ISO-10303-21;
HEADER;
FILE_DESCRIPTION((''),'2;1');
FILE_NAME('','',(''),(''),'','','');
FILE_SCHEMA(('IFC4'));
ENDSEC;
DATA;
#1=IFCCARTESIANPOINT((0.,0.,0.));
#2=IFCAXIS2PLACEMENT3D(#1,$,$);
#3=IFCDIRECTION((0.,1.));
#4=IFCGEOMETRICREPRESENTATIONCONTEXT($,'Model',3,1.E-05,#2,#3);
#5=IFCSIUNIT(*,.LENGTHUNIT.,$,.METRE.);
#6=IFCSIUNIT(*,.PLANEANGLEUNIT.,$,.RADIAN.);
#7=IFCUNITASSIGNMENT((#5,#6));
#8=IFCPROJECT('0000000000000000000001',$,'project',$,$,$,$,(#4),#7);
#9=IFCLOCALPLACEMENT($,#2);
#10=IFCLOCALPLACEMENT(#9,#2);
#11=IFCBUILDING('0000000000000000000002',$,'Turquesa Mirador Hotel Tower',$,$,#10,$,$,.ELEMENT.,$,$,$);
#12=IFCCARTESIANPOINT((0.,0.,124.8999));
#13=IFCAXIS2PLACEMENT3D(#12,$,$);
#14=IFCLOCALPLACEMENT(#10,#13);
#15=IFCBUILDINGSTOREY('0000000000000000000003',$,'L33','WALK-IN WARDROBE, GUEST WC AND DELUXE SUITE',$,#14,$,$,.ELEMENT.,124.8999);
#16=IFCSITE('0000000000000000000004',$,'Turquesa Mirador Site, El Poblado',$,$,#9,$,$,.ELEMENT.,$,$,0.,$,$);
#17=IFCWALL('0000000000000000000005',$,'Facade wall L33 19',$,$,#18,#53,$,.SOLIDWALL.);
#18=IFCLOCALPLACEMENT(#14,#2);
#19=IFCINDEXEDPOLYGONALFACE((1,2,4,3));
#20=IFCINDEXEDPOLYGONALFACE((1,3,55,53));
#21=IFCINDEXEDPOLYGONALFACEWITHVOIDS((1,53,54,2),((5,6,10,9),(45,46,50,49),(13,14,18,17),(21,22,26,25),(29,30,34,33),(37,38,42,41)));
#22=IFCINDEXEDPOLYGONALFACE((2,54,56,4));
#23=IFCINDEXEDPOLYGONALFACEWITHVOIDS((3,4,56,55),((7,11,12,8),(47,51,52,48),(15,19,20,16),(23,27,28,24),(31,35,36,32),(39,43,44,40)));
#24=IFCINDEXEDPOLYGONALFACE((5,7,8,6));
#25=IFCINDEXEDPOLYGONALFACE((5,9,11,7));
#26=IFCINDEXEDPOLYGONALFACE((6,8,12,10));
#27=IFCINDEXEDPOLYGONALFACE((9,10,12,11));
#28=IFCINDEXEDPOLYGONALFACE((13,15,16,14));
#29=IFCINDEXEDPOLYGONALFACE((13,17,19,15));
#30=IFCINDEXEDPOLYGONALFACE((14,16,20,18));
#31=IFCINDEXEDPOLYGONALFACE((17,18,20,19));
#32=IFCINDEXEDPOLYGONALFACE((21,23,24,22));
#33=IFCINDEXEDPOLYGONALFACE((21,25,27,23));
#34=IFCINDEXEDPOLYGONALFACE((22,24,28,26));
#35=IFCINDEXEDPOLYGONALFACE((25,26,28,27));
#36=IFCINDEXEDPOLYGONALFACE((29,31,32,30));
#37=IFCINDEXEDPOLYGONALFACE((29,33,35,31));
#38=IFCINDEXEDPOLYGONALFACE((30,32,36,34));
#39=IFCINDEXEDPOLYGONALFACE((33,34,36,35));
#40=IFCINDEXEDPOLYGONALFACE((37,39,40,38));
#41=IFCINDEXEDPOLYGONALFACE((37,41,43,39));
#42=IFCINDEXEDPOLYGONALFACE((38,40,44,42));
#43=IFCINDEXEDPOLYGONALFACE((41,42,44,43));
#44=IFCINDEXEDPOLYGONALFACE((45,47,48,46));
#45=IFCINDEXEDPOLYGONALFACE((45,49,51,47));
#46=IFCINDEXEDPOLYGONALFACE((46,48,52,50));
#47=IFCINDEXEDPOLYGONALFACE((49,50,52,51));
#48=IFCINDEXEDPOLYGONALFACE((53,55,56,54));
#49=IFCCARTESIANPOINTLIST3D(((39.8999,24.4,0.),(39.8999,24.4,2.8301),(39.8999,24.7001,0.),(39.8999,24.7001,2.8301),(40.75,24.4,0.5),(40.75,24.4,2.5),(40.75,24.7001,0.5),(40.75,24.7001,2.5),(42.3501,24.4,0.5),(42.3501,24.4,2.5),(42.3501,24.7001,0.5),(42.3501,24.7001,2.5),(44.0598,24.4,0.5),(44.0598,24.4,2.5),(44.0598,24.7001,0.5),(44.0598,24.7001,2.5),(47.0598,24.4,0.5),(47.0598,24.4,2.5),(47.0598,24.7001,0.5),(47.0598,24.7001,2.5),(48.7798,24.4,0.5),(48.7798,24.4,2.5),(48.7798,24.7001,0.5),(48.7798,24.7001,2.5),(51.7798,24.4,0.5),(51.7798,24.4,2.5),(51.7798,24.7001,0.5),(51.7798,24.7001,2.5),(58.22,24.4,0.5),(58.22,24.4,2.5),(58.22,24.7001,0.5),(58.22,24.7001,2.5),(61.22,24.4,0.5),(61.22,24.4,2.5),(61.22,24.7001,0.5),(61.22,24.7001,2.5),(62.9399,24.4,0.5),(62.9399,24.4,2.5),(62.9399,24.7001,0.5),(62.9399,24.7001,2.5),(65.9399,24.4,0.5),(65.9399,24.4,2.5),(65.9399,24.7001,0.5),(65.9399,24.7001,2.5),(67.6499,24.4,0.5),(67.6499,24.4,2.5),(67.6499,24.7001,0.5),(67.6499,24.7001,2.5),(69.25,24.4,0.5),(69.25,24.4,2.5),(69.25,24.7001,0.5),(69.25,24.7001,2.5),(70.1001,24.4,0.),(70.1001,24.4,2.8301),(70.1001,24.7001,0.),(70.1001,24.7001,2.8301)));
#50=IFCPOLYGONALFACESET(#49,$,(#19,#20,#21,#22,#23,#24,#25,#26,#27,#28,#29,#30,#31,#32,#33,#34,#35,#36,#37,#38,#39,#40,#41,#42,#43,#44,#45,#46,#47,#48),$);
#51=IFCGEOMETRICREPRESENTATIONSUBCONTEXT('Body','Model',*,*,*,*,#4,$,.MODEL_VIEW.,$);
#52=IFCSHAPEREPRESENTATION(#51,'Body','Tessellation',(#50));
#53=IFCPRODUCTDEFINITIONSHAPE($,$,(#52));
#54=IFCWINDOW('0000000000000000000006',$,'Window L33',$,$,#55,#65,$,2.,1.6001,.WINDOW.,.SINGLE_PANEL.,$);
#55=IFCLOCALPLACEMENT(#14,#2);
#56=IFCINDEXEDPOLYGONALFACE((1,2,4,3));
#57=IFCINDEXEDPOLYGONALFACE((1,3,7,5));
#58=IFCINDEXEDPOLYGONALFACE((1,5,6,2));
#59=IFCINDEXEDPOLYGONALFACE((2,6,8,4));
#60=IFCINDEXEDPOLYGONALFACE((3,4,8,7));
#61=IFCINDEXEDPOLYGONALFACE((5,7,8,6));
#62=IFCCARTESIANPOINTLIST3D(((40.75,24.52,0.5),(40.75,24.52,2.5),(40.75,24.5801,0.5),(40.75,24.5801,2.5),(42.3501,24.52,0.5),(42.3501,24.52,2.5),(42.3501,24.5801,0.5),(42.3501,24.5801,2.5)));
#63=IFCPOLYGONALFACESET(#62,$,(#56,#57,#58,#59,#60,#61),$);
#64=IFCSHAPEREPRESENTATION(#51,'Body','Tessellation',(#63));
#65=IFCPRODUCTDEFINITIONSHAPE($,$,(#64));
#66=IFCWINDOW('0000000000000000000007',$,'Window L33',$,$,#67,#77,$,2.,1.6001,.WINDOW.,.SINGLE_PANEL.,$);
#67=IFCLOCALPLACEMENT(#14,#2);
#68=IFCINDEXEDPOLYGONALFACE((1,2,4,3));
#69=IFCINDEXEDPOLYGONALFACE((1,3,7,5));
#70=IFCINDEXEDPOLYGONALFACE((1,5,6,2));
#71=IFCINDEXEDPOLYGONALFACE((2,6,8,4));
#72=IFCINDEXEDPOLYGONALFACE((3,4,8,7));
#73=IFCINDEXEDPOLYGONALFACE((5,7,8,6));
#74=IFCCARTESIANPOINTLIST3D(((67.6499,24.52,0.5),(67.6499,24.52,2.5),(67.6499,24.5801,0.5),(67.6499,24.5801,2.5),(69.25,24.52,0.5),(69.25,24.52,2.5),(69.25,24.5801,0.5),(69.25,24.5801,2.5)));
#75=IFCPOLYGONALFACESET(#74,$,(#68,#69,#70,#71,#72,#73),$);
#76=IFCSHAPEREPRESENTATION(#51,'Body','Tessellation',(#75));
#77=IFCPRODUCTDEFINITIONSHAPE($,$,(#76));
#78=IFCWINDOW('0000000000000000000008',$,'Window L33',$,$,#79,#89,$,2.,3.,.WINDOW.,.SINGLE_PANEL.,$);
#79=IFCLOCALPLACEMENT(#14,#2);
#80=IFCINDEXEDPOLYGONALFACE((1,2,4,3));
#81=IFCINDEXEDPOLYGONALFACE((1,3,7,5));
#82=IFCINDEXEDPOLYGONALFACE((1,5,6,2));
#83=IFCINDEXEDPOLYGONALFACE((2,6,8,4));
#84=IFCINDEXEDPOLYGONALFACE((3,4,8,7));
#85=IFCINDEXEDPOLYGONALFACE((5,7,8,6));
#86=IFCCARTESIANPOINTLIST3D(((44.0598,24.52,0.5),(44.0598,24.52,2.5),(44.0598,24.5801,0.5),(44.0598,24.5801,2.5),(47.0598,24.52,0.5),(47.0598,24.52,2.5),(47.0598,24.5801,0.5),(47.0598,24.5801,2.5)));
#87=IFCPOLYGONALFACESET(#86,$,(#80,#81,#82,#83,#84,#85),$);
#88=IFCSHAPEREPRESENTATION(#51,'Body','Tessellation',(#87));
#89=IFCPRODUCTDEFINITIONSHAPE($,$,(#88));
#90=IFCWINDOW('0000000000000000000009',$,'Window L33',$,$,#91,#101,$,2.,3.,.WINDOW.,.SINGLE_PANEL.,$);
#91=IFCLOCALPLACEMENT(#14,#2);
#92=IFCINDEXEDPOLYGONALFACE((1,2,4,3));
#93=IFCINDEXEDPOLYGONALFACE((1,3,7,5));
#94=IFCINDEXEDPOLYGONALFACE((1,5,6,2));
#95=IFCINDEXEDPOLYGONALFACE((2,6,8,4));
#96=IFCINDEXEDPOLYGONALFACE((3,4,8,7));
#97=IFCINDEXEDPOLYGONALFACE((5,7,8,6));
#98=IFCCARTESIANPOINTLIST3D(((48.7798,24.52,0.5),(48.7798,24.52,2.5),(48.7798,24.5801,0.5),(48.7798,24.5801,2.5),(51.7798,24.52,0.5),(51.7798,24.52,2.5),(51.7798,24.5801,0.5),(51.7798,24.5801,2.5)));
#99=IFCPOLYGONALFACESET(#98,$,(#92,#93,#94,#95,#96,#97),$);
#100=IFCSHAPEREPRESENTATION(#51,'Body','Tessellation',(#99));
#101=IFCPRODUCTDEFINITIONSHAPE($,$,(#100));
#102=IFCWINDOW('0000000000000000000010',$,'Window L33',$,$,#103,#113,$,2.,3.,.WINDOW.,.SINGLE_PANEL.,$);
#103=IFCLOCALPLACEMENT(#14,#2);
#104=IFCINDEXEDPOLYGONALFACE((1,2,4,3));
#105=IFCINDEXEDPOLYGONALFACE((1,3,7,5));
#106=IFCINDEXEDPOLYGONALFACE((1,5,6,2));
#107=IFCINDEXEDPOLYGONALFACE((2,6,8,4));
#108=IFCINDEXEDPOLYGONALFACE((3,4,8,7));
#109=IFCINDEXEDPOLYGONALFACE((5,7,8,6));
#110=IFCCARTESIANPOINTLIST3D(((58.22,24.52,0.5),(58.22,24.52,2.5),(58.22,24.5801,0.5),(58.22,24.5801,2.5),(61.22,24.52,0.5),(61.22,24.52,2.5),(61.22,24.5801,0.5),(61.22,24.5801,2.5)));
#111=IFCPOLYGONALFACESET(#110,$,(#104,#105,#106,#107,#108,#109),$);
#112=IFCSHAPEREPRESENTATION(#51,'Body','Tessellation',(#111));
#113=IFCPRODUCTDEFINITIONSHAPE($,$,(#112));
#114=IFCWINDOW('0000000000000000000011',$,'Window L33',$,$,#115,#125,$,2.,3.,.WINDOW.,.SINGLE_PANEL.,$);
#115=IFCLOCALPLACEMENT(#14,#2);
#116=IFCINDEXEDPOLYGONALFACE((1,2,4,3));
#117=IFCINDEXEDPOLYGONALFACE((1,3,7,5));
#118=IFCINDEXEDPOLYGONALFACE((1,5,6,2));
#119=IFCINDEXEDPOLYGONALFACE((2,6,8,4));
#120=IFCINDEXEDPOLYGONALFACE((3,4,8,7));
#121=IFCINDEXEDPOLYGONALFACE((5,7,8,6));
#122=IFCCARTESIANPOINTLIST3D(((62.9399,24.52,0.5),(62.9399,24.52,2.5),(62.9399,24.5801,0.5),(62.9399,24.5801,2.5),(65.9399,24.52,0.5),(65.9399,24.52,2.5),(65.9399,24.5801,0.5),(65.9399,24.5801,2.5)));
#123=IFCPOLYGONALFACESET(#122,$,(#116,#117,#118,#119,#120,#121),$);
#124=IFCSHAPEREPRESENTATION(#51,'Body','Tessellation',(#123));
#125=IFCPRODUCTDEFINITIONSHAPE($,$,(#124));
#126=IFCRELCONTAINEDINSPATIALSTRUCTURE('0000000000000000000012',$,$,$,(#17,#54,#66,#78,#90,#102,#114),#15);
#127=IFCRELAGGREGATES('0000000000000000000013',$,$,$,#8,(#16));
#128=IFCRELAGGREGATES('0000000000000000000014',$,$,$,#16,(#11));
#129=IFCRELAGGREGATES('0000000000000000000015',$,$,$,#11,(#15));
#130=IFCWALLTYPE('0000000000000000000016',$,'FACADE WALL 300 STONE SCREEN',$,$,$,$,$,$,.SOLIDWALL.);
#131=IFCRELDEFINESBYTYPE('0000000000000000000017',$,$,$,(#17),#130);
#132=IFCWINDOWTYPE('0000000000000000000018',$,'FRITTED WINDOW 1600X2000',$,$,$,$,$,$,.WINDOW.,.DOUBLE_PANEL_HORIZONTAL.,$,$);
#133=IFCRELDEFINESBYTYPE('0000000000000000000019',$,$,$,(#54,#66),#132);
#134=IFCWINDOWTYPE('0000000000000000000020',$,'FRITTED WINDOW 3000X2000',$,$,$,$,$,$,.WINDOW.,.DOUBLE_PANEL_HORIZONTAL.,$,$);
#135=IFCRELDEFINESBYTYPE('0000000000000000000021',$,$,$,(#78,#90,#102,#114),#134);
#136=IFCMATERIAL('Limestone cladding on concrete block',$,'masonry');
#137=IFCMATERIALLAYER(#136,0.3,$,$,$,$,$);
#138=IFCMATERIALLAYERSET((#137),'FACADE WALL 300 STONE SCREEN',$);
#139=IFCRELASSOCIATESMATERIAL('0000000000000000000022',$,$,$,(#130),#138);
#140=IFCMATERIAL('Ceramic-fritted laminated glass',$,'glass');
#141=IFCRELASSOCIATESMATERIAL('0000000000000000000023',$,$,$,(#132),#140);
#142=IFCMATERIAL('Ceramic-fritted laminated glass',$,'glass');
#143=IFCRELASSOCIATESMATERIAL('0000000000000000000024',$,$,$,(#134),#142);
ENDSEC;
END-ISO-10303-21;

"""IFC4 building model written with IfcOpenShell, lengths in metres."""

from ifc_helpers import new_model, si_unit, direction, frame, frame_2d, origin, place, context, subcontext, project, spatial, rectangle, extrude, material, layer, layer_set, type_object, element, fill, save


model = new_model("IFC4")

# Units and contexts
model_context = context("Model", 3, precision=1e-05, world=origin(), true_north=direction((0.0, 1.0)))
body_context = subcontext(model_context, "Body", "Model", "MODEL_VIEW")
ifc_project = project(units=[si_unit("LENGTHUNIT", "METRE"), si_unit("PLANEANGLEUNIT", "RADIAN")], contexts=[model_context])

# Site, building, storey
site_placement = place(None, origin())
site = spatial("IfcSite", under=ifc_project, at=site_placement, Name="Turquesa Mirador Site, El Poblado", CompositionType="ELEMENT", RefElevation=0.0)
building_placement = place(site_placement, origin())
building = spatial("IfcBuilding", under=site, at=building_placement, Name="Turquesa Mirador Hotel Tower", CompositionType="ELEMENT")
storey_placement = place(building_placement, frame((0.0, 0.0, 124.8999)))
storey = spatial("IfcBuildingStorey", under=building, at=storey_placement, Name="L33", Description="WALK-IN WARDROBE, GUEST WC AND DELUXE SUITE", CompositionType="ELEMENT", Elevation=124.8999)

# Shared definitions
ifc_material_1 = material(Name="Limestone cladding on concrete block", Category="masonry")
ifc_layer_1 = layer(ifc_material_1, 0.3)
ifc_layer_set_1 = layer_set([ifc_layer_1], Name="FACADE WALL 300 STONE SCREEN")
wall_type_1 = type_object("IfcWallType", Name="FACADE WALL 300 STONE SCREEN", PredefinedType="SOLIDWALL", material=ifc_layer_set_1)

# Wall, openings, windows
wall_1_placement = place(storey_placement, frame((39.8999, 24.55, 0.0), z_axis=(0.0, 0.0, 1.0), x_axis=(1.0, 0.0, 0.0)))
wall_1 = element("IfcWall", 1, at=wall_1_placement, inside=storey, type_object=wall_type_1, Name="Facade wall L33 19", PredefinedType="SOLIDWALL", context=body_context, shape_type="SweptSolid", body=[
    extrude(rectangle(XDim=30.2002, YDim=0.3, at=frame_2d((15.1001, 0.0))), origin(), (0.0, 0.0, 1.0), 2.8301),
])
opening_1_placement = place(wall_1_placement, frame((0.8501, 0.0, 0.5)))
opening_1 = element("IfcOpeningElement", 2, at=opening_1_placement, cuts=wall_1, PredefinedType="OPENING", context=body_context, shape_type="SweptSolid", body=[
    extrude(rectangle(XDim=1.6001, YDim=2.0, at=frame_2d((0.8, 1.0))), frame((0.0, 0.1599, 0.0), z_axis=(0.0, -1.0, 0.0), x_axis=(1.0, 0.0, 0.0)), (0.0, 0.0, 1.0), 0.3201),
])
opening_2_placement = place(wall_1_placement, frame((4.1599, 0.0, 0.5)))
opening_2 = element("IfcOpeningElement", 3, at=opening_2_placement, cuts=wall_1, PredefinedType="OPENING", context=body_context, shape_type="SweptSolid", body=[
    extrude(rectangle(XDim=3.0, YDim=2.0, at=frame_2d((1.5, 1.0))), frame((0.0, 0.1599, 0.0), z_axis=(0.0, -1.0, 0.0), x_axis=(1.0, 0.0, 0.0)), (0.0, 0.0, 1.0), 0.3201),
])
opening_3_placement = place(wall_1_placement, frame((8.8799, 0.0, 0.5)))
opening_3 = element("IfcOpeningElement", 4, at=opening_3_placement, cuts=wall_1, PredefinedType="OPENING", context=body_context, shape_type="SweptSolid", body=[
    extrude(rectangle(XDim=3.0, YDim=2.0, at=frame_2d((1.5, 1.0))), frame((0.0, 0.1599, 0.0), z_axis=(0.0, -1.0, 0.0), x_axis=(1.0, 0.0, 0.0)), (0.0, 0.0, 1.0), 0.3201),
])
opening_4_placement = place(wall_1_placement, frame((18.3201, 0.0, 0.5)))
opening_4 = element("IfcOpeningElement", 5, at=opening_4_placement, cuts=wall_1, PredefinedType="OPENING", context=body_context, shape_type="SweptSolid", body=[
    extrude(rectangle(XDim=3.0, YDim=2.0, at=frame_2d((1.5, 1.0))), frame((0.0, 0.1599, 0.0), z_axis=(0.0, -1.0, 0.0), x_axis=(1.0, 0.0, 0.0)), (0.0, 0.0, 1.0), 0.3201),
])
opening_5_placement = place(wall_1_placement, frame((23.04, 0.0, 0.5)))
opening_5 = element("IfcOpeningElement", 6, at=opening_5_placement, cuts=wall_1, PredefinedType="OPENING", context=body_context, shape_type="SweptSolid", body=[
    extrude(rectangle(XDim=3.0, YDim=2.0, at=frame_2d((1.5, 1.0))), frame((0.0, 0.1599, 0.0), z_axis=(0.0, -1.0, 0.0), x_axis=(1.0, 0.0, 0.0)), (0.0, 0.0, 1.0), 0.3201),
])
opening_6_placement = place(wall_1_placement, frame((27.75, 0.0, 0.5)))
opening_6 = element("IfcOpeningElement", 7, at=opening_6_placement, cuts=wall_1, PredefinedType="OPENING", context=body_context, shape_type="SweptSolid", body=[
    extrude(rectangle(XDim=1.6001, YDim=2.0, at=frame_2d((0.8, 1.0))), frame((0.0, 0.1599, 0.0), z_axis=(0.0, -1.0, 0.0), x_axis=(1.0, 0.0, 0.0)), (0.0, 0.0, 1.0), 0.3201),
])
ifc_material_2 = material(Name="Ceramic-fritted laminated glass", Category="glass")
window_type_1 = type_object("IfcWindowType", Name="FRITTED WINDOW 1600X2000", PartitioningType="DOUBLE_PANEL_HORIZONTAL", PredefinedType="WINDOW", material=ifc_material_2)
window_1_placement = place(opening_1_placement, origin())
window_1 = element("IfcWindow", 8, at=window_1_placement, inside=storey, type_object=window_type_1, Name="Window L33", OverallHeight=2.0, OverallWidth=1.6001, PartitioningType="SINGLE_PANEL", PredefinedType="WINDOW", context=body_context, shape_type="SweptSolid", body=[
    extrude(rectangle(XDim=1.6001, YDim=2.0, at=frame_2d((0.8, 1.0))), frame((0.0, 0.03, 0.0), z_axis=(0.0, -1.0, 0.0), x_axis=(1.0, 0.0, 0.0)), (0.0, 0.0, 1.0), 0.0601),
])
fill(opening_1, window_1)
window_2_placement = place(opening_6_placement, origin())
window_2 = element("IfcWindow", 9, at=window_2_placement, inside=storey, type_object=window_type_1, Name="Window L33", OverallHeight=2.0, OverallWidth=1.6001, PartitioningType="SINGLE_PANEL", PredefinedType="WINDOW", context=body_context, shape_type="SweptSolid", body=[
    extrude(rectangle(XDim=1.6001, YDim=2.0, at=frame_2d((0.8, 1.0))), frame((0.0, 0.03, 0.0), z_axis=(0.0, -1.0, 0.0), x_axis=(1.0, 0.0, 0.0)), (0.0, 0.0, 1.0), 0.0601),
])
fill(opening_6, window_2)
ifc_material_3 = material(Name="Ceramic-fritted laminated glass", Category="glass")
window_type_2 = type_object("IfcWindowType", Name="FRITTED WINDOW 3000X2000", PartitioningType="DOUBLE_PANEL_HORIZONTAL", PredefinedType="WINDOW", material=ifc_material_3)
window_3_placement = place(opening_2_placement, origin())
window_3 = element("IfcWindow", 10, at=window_3_placement, inside=storey, type_object=window_type_2, Name="Window L33", OverallHeight=2.0, OverallWidth=3.0, PartitioningType="SINGLE_PANEL", PredefinedType="WINDOW", context=body_context, shape_type="SweptSolid", body=[
    extrude(rectangle(XDim=3.0, YDim=2.0, at=frame_2d((1.5, 1.0))), frame((0.0, 0.03, 0.0), z_axis=(0.0, -1.0, 0.0), x_axis=(1.0, 0.0, 0.0)), (0.0, 0.0, 1.0), 0.0601),
])
fill(opening_2, window_3)
window_4_placement = place(opening_3_placement, origin())
window_4 = element("IfcWindow", 11, at=window_4_placement, inside=storey, type_object=window_type_2, Name="Window L33", OverallHeight=2.0, OverallWidth=3.0, PartitioningType="SINGLE_PANEL", PredefinedType="WINDOW", context=body_context, shape_type="SweptSolid", body=[
    extrude(rectangle(XDim=3.0, YDim=2.0, at=frame_2d((1.5, 1.0))), frame((0.0, 0.03, 0.0), z_axis=(0.0, -1.0, 0.0), x_axis=(1.0, 0.0, 0.0)), (0.0, 0.0, 1.0), 0.0601),
])
fill(opening_3, window_4)
window_5_placement = place(opening_4_placement, origin())
window_5 = element("IfcWindow", 12, at=window_5_placement, inside=storey, type_object=window_type_2, Name="Window L33", OverallHeight=2.0, OverallWidth=3.0, PartitioningType="SINGLE_PANEL", PredefinedType="WINDOW", context=body_context, shape_type="SweptSolid", body=[
    extrude(rectangle(XDim=3.0, YDim=2.0, at=frame_2d((1.5, 1.0))), frame((0.0, 0.03, 0.0), z_axis=(0.0, -1.0, 0.0), x_axis=(1.0, 0.0, 0.0)), (0.0, 0.0, 1.0), 0.0601),
])
fill(opening_4, window_5)
window_6_placement = place(opening_5_placement, origin())
window_6 = element("IfcWindow", 13, at=window_6_placement, inside=storey, type_object=window_type_2, Name="Window L33", OverallHeight=2.0, OverallWidth=3.0, PartitioningType="SINGLE_PANEL", PredefinedType="WINDOW", context=body_context, shape_type="SweptSolid", body=[
    extrude(rectangle(XDim=3.0, YDim=2.0, at=frame_2d((1.5, 1.0))), frame((0.0, 0.03, 0.0), z_axis=(0.0, -1.0, 0.0), x_axis=(1.0, 0.0, 0.0)), (0.0, 0.0, 1.0), 0.0601),
])
fill(opening_5, window_6)

save(model, "model.ifc")
